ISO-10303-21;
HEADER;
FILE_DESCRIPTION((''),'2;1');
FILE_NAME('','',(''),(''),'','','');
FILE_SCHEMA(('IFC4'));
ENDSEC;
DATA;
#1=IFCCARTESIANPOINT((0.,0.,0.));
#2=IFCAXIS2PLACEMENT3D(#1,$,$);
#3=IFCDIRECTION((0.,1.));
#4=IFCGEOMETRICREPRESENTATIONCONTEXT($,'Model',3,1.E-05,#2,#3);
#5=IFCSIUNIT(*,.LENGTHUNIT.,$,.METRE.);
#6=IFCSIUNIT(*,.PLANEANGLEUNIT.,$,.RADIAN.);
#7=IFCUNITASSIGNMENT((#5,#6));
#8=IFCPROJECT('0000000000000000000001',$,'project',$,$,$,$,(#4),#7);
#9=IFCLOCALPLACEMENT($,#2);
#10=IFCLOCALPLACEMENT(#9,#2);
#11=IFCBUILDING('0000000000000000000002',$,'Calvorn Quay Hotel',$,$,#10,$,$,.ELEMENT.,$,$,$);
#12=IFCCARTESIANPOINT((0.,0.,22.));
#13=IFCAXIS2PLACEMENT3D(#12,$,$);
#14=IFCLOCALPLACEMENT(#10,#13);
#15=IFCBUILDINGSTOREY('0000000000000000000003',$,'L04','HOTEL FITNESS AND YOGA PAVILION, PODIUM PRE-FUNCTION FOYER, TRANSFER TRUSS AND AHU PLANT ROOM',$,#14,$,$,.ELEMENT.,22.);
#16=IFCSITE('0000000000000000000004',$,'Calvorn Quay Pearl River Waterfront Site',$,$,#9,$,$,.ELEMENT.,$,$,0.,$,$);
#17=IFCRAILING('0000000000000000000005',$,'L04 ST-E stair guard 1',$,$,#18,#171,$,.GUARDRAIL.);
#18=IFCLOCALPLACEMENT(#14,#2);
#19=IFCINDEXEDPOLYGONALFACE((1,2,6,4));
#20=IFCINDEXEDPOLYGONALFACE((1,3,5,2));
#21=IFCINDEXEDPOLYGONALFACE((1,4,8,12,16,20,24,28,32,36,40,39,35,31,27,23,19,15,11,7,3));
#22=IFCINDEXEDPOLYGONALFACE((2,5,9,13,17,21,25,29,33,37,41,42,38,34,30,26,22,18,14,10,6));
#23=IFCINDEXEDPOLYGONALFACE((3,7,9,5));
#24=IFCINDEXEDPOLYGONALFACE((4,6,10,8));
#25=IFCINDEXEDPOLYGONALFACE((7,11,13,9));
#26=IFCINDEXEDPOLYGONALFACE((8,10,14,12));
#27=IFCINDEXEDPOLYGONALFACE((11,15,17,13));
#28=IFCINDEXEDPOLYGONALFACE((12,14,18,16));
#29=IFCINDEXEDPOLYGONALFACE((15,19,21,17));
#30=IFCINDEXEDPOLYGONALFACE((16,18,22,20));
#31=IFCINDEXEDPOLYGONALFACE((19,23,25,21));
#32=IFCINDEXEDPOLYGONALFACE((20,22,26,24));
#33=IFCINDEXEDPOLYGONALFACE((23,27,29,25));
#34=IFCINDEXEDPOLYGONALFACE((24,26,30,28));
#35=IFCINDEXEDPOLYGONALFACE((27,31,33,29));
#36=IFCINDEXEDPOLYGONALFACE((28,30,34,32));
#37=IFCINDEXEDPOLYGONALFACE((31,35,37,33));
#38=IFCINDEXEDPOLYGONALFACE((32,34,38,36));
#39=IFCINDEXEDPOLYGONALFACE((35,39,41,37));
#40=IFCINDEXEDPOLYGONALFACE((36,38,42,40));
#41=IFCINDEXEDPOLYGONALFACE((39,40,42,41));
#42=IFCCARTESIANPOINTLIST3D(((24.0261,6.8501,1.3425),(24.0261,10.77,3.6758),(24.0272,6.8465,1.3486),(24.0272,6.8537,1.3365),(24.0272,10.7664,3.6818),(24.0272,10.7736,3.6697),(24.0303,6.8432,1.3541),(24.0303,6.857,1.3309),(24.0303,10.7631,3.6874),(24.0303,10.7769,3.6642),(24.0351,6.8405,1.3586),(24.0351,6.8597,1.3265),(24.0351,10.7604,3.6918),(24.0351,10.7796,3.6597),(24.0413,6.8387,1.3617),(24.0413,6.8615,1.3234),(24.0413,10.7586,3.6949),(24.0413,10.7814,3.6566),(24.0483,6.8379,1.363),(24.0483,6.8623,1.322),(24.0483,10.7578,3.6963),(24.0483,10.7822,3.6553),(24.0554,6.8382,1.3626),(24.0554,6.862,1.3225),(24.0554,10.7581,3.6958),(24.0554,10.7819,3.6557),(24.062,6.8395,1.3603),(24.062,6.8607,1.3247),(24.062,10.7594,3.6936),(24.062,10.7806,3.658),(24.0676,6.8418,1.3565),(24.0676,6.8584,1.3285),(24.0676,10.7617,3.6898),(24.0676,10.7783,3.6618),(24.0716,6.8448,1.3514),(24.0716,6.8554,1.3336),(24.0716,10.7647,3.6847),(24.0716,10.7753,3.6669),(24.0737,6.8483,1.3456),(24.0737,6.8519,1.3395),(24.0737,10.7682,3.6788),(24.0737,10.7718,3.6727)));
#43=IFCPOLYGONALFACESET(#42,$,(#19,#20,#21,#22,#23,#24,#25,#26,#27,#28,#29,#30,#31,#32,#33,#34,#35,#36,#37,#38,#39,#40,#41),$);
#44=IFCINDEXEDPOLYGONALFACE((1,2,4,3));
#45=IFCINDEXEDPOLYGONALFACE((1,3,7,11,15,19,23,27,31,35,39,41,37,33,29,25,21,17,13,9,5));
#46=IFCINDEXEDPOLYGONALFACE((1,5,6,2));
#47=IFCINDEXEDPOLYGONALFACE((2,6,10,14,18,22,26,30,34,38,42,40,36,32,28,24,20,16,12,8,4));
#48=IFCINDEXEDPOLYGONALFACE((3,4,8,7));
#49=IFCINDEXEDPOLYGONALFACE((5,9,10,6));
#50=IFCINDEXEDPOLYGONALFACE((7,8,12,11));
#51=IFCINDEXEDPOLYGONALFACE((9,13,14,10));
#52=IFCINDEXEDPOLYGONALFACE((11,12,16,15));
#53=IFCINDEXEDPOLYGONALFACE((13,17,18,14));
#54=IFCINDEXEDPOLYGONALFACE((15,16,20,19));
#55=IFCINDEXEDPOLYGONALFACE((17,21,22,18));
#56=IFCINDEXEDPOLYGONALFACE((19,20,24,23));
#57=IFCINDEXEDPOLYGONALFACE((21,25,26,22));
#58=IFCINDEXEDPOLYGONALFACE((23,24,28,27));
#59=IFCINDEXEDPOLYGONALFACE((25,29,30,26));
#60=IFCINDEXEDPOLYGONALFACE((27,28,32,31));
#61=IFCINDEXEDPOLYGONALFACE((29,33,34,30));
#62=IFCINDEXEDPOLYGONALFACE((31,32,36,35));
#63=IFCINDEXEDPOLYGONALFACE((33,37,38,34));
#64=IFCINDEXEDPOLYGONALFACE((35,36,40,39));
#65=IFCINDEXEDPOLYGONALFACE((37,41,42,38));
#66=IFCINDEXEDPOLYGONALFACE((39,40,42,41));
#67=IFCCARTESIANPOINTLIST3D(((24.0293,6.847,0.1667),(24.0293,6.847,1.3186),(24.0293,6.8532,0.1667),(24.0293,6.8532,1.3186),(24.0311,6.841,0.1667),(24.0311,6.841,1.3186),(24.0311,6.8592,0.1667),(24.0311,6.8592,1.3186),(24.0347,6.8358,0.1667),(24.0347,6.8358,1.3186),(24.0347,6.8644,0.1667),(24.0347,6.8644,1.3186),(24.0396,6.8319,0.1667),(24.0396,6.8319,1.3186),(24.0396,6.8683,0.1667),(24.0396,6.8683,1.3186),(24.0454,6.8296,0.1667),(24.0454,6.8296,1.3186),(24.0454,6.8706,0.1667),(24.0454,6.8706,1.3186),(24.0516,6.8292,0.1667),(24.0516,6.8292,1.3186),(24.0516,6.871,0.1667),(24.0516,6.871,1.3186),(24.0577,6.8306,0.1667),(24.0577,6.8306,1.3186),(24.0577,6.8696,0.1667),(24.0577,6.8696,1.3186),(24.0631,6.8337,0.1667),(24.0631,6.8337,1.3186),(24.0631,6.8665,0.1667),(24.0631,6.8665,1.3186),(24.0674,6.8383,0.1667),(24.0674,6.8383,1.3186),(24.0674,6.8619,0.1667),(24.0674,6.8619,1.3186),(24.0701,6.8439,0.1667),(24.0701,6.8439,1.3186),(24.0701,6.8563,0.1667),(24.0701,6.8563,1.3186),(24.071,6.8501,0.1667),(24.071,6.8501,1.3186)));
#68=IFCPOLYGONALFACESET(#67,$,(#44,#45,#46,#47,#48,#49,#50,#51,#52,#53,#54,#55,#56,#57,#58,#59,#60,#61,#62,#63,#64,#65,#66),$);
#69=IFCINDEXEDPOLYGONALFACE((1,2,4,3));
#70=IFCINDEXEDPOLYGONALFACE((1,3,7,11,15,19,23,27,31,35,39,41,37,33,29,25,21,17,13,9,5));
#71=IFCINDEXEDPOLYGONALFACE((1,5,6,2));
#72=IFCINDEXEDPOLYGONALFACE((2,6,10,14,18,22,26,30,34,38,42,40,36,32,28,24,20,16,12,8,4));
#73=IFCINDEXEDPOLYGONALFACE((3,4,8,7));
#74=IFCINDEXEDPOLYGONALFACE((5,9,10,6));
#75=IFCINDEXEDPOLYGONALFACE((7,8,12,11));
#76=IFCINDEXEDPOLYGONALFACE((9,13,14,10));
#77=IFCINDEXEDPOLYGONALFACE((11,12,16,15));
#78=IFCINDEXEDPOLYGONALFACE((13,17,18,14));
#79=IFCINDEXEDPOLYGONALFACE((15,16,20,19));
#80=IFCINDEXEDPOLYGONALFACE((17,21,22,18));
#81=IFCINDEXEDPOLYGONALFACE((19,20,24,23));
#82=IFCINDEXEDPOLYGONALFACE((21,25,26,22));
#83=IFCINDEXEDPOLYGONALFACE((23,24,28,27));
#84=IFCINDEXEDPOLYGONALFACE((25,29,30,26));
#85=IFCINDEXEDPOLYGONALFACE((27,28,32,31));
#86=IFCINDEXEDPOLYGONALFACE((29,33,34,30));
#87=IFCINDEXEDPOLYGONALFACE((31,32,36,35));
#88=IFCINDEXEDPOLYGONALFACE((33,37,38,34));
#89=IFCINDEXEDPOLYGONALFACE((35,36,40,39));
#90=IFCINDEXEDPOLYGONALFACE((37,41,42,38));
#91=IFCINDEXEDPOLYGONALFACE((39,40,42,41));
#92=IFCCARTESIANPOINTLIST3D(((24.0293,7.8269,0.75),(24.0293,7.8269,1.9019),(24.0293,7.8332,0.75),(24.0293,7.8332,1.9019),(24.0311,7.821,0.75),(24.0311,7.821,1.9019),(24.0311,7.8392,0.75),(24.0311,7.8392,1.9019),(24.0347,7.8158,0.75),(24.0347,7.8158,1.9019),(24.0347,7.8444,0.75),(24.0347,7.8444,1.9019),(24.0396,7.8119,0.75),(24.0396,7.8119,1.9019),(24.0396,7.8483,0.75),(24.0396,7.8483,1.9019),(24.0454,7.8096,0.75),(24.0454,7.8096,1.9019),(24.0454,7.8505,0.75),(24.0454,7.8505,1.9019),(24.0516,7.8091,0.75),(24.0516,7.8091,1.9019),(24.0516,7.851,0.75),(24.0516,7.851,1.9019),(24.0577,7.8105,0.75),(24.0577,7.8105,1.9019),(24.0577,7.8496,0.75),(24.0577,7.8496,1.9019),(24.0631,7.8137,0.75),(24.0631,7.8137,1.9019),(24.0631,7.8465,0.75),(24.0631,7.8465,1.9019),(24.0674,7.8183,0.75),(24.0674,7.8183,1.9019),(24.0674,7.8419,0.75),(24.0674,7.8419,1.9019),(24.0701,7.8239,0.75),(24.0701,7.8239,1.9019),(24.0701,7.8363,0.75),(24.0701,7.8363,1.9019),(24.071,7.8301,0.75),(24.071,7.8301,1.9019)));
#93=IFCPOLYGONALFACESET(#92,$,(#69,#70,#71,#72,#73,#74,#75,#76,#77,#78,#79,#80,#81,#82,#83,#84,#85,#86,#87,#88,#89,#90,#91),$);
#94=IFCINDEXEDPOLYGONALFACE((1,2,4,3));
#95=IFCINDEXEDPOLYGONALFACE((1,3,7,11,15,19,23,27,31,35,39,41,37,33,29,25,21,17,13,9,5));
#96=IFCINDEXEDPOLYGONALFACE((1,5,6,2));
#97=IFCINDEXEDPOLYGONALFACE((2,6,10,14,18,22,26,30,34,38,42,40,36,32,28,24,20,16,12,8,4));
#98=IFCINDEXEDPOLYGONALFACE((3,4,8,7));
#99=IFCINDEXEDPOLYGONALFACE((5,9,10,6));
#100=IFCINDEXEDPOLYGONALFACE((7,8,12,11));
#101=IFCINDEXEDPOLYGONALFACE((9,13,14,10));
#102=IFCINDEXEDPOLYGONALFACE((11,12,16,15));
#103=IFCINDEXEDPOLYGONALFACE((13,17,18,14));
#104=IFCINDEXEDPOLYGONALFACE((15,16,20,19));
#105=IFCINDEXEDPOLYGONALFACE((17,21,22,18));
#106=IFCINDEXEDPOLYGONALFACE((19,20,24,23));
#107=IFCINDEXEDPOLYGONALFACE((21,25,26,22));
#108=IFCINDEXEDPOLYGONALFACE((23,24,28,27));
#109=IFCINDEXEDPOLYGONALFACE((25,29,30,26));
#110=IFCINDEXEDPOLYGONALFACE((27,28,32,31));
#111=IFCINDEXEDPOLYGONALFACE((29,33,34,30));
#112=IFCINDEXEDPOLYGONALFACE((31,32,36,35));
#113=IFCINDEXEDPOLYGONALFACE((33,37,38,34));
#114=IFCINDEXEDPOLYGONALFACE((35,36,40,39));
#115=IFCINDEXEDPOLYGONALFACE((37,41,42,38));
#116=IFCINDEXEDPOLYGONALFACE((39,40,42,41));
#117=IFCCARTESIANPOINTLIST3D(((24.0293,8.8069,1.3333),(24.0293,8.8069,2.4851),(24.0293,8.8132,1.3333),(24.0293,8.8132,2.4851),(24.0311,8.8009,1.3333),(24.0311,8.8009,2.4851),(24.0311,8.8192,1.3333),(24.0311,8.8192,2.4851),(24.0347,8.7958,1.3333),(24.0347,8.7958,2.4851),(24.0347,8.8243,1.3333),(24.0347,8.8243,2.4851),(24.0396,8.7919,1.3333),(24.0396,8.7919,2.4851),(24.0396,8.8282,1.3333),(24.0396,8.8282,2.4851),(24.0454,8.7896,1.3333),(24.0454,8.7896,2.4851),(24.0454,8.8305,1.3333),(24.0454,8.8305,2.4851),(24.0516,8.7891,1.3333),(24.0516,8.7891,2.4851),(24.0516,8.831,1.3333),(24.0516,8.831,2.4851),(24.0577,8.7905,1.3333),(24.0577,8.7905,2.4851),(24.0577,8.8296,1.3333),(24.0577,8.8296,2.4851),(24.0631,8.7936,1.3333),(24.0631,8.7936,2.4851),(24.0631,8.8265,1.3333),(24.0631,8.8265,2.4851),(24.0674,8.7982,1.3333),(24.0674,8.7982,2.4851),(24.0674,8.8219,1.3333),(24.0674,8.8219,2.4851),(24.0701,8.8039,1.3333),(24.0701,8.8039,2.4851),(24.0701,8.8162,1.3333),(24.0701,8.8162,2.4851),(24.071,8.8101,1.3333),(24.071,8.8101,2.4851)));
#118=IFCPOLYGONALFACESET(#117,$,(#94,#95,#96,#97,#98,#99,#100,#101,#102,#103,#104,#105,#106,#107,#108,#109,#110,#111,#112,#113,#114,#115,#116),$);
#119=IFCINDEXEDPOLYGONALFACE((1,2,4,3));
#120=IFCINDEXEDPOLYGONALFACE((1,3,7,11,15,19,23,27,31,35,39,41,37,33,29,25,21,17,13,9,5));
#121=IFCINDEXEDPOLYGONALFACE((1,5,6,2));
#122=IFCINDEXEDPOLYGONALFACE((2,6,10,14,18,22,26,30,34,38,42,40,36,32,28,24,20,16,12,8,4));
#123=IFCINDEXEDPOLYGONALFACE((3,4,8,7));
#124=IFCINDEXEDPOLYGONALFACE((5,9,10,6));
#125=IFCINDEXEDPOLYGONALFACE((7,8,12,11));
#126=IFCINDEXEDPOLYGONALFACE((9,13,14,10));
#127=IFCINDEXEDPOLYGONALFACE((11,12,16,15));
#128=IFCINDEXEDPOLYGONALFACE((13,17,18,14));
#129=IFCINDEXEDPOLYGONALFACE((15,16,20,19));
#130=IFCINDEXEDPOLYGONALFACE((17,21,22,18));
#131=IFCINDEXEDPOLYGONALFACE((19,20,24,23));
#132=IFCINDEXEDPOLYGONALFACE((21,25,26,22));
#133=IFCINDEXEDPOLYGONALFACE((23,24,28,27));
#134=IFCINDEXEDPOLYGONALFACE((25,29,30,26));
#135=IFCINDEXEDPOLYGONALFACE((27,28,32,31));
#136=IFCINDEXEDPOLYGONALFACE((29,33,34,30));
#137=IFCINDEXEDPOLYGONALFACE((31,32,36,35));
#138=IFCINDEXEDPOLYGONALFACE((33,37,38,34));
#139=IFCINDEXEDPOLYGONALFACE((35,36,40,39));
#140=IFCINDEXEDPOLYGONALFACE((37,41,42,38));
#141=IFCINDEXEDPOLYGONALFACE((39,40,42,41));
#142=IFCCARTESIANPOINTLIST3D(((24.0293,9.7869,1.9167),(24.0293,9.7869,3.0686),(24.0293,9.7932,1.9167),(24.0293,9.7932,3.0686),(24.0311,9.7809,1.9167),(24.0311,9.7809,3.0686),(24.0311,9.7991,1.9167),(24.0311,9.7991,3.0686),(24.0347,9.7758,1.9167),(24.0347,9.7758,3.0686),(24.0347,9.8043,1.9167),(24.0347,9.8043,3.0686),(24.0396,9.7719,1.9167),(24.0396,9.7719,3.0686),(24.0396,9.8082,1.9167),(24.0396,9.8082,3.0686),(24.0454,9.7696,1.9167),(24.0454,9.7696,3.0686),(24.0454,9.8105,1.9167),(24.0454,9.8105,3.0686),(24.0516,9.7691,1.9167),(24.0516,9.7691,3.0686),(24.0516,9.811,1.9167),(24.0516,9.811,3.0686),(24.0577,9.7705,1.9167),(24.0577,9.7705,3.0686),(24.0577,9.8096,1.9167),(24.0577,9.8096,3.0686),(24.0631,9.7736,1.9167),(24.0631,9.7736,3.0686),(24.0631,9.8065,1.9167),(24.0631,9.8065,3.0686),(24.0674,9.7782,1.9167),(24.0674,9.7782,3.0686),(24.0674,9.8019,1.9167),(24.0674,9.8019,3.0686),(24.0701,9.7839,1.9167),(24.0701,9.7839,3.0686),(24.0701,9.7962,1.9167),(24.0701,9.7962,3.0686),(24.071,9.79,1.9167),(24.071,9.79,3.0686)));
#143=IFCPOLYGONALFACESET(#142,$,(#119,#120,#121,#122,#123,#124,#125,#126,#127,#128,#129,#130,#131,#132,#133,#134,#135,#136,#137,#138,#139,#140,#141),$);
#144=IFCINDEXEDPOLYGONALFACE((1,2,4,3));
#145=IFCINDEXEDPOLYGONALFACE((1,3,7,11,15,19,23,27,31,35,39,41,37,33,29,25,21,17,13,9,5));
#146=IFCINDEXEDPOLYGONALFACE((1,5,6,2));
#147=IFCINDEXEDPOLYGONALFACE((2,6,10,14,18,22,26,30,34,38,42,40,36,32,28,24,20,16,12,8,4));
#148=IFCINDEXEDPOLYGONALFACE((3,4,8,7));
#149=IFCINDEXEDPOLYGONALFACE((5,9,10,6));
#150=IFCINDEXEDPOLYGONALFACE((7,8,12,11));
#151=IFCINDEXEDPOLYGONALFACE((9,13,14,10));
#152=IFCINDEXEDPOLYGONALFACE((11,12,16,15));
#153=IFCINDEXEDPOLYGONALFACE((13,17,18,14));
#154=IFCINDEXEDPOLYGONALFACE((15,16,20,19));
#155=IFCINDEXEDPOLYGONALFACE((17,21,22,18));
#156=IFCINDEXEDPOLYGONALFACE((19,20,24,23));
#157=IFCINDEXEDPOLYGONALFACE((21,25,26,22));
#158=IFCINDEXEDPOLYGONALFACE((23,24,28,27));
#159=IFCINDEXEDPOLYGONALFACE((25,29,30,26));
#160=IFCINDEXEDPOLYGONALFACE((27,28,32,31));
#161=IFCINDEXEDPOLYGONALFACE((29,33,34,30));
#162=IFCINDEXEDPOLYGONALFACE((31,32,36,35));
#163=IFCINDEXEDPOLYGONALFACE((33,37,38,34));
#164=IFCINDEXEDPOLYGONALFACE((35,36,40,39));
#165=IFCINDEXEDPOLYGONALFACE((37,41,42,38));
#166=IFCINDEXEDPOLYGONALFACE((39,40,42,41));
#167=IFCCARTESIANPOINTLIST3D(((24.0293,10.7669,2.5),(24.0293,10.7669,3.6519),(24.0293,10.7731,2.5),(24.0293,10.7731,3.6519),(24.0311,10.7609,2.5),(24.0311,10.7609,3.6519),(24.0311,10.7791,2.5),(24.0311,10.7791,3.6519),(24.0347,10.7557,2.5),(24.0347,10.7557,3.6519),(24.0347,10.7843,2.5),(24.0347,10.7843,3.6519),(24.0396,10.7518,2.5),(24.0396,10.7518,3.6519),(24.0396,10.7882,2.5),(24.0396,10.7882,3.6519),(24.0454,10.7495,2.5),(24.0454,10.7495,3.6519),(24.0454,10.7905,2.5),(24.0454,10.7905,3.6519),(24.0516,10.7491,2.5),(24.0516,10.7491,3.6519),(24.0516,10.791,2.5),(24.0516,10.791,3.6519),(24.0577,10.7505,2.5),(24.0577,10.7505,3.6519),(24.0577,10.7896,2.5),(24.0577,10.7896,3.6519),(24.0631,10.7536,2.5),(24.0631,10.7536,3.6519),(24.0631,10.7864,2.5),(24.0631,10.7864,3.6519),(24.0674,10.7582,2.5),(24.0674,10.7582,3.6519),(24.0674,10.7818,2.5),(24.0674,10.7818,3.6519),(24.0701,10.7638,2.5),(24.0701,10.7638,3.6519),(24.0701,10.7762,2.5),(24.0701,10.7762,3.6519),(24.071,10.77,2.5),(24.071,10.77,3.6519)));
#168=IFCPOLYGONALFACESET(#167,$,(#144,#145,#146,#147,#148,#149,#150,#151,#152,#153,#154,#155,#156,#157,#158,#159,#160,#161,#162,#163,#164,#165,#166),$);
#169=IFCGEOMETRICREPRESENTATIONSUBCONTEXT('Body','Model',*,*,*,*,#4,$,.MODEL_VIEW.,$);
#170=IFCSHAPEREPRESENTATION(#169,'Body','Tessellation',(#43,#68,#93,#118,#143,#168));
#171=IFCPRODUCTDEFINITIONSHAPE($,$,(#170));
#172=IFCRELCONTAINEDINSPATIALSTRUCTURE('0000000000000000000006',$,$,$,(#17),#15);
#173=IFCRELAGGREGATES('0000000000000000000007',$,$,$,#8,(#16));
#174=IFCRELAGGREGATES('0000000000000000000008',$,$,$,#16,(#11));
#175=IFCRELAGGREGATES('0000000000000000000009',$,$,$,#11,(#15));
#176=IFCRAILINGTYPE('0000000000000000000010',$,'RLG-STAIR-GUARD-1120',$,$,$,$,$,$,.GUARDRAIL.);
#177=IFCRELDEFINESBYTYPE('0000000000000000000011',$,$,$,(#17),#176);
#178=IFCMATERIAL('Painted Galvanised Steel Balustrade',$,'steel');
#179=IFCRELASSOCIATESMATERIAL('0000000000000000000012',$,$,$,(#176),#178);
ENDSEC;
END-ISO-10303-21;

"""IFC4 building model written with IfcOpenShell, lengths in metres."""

from ifc_helpers import new_model, si_unit, direction, frame, origin, origin_2d, place, context, subcontext, project, spatial, circle, extrude, material, type_object, element, save


model = new_model("IFC4")

# Units and contexts
model_context = context("Model", 3, precision=1e-05, world=origin(), true_north=direction((0.0, 1.0)))
body_context = subcontext(model_context, "Body", "Model", "MODEL_VIEW")
ifc_project = project(units=[si_unit("LENGTHUNIT", "METRE"), si_unit("PLANEANGLEUNIT", "RADIAN")], contexts=[model_context])

# Site, building, storey
site_placement = place(None, origin())
site = spatial("IfcSite", under=ifc_project, at=site_placement, Name="Calvorn Quay Pearl River Waterfront Site", CompositionType="ELEMENT", RefElevation=0.0)
building_placement = place(site_placement, origin())
building = spatial("IfcBuilding", under=site, at=building_placement, Name="Calvorn Quay Hotel", CompositionType="ELEMENT")
storey_placement = place(building_placement, frame((0.0, 0.0, 22.0)))
storey = spatial("IfcBuildingStorey", under=building, at=storey_placement, Name="L04", Description="HOTEL FITNESS AND YOGA PAVILION, PODIUM PRE-FUNCTION FOYER, TRANSFER TRUSS AND AHU PLANT ROOM", CompositionType="ELEMENT", Elevation=22.0)

# Railing
ifc_material_1 = material(Name="Painted Galvanised Steel Balustrade", Category="steel")
railing_type_1 = type_object("IfcRailingType", Name="RLG-STAIR-GUARD-1120", PredefinedType="GUARDRAIL", material=ifc_material_1)
railing_1_placement = place(storey_placement, frame((24.05, 6.8501, 0.1667)))
element("IfcRailing", 1, at=railing_1_placement, inside=storey, type_object=railing_type_1, Name="L04 ST-E stair guard 1", PredefinedType="GUARDRAIL", context=body_context, shape_type="SweptSolid", body=[
    extrude(circle(Radius=0.0239, at=origin_2d()), frame((0.0, 0.0, 1.1758), z_axis=(0.0, 0.859296, 0.511478), x_axis=(-1.0, 0.0, 0.0)), (0.0, 0.0, 1.0), 4.5618),
    extrude(circle(Radius=0.021, at=origin_2d()), origin(), (0.0, 0.0, 1.0), 1.1519),
    extrude(circle(Radius=0.021, at=origin_2d()), frame((0.0, 0.98, 0.5833)), (0.0, 0.0, 1.0), 1.1519),
    extrude(circle(Radius=0.021, at=origin_2d()), frame((0.0, 1.96, 1.1665)), (0.0, 0.0, 1.0), 1.1519),
    extrude(circle(Radius=0.021, at=origin_2d()), frame((0.0, 2.9399, 1.75)), (0.0, 0.0, 1.0), 1.1519),
    extrude(circle(Radius=0.021, at=origin_2d()), frame((0.0, 3.9199, 2.3333)), (0.0, 0.0, 1.0), 1.1519),
])

save(model, "model.ifc")
